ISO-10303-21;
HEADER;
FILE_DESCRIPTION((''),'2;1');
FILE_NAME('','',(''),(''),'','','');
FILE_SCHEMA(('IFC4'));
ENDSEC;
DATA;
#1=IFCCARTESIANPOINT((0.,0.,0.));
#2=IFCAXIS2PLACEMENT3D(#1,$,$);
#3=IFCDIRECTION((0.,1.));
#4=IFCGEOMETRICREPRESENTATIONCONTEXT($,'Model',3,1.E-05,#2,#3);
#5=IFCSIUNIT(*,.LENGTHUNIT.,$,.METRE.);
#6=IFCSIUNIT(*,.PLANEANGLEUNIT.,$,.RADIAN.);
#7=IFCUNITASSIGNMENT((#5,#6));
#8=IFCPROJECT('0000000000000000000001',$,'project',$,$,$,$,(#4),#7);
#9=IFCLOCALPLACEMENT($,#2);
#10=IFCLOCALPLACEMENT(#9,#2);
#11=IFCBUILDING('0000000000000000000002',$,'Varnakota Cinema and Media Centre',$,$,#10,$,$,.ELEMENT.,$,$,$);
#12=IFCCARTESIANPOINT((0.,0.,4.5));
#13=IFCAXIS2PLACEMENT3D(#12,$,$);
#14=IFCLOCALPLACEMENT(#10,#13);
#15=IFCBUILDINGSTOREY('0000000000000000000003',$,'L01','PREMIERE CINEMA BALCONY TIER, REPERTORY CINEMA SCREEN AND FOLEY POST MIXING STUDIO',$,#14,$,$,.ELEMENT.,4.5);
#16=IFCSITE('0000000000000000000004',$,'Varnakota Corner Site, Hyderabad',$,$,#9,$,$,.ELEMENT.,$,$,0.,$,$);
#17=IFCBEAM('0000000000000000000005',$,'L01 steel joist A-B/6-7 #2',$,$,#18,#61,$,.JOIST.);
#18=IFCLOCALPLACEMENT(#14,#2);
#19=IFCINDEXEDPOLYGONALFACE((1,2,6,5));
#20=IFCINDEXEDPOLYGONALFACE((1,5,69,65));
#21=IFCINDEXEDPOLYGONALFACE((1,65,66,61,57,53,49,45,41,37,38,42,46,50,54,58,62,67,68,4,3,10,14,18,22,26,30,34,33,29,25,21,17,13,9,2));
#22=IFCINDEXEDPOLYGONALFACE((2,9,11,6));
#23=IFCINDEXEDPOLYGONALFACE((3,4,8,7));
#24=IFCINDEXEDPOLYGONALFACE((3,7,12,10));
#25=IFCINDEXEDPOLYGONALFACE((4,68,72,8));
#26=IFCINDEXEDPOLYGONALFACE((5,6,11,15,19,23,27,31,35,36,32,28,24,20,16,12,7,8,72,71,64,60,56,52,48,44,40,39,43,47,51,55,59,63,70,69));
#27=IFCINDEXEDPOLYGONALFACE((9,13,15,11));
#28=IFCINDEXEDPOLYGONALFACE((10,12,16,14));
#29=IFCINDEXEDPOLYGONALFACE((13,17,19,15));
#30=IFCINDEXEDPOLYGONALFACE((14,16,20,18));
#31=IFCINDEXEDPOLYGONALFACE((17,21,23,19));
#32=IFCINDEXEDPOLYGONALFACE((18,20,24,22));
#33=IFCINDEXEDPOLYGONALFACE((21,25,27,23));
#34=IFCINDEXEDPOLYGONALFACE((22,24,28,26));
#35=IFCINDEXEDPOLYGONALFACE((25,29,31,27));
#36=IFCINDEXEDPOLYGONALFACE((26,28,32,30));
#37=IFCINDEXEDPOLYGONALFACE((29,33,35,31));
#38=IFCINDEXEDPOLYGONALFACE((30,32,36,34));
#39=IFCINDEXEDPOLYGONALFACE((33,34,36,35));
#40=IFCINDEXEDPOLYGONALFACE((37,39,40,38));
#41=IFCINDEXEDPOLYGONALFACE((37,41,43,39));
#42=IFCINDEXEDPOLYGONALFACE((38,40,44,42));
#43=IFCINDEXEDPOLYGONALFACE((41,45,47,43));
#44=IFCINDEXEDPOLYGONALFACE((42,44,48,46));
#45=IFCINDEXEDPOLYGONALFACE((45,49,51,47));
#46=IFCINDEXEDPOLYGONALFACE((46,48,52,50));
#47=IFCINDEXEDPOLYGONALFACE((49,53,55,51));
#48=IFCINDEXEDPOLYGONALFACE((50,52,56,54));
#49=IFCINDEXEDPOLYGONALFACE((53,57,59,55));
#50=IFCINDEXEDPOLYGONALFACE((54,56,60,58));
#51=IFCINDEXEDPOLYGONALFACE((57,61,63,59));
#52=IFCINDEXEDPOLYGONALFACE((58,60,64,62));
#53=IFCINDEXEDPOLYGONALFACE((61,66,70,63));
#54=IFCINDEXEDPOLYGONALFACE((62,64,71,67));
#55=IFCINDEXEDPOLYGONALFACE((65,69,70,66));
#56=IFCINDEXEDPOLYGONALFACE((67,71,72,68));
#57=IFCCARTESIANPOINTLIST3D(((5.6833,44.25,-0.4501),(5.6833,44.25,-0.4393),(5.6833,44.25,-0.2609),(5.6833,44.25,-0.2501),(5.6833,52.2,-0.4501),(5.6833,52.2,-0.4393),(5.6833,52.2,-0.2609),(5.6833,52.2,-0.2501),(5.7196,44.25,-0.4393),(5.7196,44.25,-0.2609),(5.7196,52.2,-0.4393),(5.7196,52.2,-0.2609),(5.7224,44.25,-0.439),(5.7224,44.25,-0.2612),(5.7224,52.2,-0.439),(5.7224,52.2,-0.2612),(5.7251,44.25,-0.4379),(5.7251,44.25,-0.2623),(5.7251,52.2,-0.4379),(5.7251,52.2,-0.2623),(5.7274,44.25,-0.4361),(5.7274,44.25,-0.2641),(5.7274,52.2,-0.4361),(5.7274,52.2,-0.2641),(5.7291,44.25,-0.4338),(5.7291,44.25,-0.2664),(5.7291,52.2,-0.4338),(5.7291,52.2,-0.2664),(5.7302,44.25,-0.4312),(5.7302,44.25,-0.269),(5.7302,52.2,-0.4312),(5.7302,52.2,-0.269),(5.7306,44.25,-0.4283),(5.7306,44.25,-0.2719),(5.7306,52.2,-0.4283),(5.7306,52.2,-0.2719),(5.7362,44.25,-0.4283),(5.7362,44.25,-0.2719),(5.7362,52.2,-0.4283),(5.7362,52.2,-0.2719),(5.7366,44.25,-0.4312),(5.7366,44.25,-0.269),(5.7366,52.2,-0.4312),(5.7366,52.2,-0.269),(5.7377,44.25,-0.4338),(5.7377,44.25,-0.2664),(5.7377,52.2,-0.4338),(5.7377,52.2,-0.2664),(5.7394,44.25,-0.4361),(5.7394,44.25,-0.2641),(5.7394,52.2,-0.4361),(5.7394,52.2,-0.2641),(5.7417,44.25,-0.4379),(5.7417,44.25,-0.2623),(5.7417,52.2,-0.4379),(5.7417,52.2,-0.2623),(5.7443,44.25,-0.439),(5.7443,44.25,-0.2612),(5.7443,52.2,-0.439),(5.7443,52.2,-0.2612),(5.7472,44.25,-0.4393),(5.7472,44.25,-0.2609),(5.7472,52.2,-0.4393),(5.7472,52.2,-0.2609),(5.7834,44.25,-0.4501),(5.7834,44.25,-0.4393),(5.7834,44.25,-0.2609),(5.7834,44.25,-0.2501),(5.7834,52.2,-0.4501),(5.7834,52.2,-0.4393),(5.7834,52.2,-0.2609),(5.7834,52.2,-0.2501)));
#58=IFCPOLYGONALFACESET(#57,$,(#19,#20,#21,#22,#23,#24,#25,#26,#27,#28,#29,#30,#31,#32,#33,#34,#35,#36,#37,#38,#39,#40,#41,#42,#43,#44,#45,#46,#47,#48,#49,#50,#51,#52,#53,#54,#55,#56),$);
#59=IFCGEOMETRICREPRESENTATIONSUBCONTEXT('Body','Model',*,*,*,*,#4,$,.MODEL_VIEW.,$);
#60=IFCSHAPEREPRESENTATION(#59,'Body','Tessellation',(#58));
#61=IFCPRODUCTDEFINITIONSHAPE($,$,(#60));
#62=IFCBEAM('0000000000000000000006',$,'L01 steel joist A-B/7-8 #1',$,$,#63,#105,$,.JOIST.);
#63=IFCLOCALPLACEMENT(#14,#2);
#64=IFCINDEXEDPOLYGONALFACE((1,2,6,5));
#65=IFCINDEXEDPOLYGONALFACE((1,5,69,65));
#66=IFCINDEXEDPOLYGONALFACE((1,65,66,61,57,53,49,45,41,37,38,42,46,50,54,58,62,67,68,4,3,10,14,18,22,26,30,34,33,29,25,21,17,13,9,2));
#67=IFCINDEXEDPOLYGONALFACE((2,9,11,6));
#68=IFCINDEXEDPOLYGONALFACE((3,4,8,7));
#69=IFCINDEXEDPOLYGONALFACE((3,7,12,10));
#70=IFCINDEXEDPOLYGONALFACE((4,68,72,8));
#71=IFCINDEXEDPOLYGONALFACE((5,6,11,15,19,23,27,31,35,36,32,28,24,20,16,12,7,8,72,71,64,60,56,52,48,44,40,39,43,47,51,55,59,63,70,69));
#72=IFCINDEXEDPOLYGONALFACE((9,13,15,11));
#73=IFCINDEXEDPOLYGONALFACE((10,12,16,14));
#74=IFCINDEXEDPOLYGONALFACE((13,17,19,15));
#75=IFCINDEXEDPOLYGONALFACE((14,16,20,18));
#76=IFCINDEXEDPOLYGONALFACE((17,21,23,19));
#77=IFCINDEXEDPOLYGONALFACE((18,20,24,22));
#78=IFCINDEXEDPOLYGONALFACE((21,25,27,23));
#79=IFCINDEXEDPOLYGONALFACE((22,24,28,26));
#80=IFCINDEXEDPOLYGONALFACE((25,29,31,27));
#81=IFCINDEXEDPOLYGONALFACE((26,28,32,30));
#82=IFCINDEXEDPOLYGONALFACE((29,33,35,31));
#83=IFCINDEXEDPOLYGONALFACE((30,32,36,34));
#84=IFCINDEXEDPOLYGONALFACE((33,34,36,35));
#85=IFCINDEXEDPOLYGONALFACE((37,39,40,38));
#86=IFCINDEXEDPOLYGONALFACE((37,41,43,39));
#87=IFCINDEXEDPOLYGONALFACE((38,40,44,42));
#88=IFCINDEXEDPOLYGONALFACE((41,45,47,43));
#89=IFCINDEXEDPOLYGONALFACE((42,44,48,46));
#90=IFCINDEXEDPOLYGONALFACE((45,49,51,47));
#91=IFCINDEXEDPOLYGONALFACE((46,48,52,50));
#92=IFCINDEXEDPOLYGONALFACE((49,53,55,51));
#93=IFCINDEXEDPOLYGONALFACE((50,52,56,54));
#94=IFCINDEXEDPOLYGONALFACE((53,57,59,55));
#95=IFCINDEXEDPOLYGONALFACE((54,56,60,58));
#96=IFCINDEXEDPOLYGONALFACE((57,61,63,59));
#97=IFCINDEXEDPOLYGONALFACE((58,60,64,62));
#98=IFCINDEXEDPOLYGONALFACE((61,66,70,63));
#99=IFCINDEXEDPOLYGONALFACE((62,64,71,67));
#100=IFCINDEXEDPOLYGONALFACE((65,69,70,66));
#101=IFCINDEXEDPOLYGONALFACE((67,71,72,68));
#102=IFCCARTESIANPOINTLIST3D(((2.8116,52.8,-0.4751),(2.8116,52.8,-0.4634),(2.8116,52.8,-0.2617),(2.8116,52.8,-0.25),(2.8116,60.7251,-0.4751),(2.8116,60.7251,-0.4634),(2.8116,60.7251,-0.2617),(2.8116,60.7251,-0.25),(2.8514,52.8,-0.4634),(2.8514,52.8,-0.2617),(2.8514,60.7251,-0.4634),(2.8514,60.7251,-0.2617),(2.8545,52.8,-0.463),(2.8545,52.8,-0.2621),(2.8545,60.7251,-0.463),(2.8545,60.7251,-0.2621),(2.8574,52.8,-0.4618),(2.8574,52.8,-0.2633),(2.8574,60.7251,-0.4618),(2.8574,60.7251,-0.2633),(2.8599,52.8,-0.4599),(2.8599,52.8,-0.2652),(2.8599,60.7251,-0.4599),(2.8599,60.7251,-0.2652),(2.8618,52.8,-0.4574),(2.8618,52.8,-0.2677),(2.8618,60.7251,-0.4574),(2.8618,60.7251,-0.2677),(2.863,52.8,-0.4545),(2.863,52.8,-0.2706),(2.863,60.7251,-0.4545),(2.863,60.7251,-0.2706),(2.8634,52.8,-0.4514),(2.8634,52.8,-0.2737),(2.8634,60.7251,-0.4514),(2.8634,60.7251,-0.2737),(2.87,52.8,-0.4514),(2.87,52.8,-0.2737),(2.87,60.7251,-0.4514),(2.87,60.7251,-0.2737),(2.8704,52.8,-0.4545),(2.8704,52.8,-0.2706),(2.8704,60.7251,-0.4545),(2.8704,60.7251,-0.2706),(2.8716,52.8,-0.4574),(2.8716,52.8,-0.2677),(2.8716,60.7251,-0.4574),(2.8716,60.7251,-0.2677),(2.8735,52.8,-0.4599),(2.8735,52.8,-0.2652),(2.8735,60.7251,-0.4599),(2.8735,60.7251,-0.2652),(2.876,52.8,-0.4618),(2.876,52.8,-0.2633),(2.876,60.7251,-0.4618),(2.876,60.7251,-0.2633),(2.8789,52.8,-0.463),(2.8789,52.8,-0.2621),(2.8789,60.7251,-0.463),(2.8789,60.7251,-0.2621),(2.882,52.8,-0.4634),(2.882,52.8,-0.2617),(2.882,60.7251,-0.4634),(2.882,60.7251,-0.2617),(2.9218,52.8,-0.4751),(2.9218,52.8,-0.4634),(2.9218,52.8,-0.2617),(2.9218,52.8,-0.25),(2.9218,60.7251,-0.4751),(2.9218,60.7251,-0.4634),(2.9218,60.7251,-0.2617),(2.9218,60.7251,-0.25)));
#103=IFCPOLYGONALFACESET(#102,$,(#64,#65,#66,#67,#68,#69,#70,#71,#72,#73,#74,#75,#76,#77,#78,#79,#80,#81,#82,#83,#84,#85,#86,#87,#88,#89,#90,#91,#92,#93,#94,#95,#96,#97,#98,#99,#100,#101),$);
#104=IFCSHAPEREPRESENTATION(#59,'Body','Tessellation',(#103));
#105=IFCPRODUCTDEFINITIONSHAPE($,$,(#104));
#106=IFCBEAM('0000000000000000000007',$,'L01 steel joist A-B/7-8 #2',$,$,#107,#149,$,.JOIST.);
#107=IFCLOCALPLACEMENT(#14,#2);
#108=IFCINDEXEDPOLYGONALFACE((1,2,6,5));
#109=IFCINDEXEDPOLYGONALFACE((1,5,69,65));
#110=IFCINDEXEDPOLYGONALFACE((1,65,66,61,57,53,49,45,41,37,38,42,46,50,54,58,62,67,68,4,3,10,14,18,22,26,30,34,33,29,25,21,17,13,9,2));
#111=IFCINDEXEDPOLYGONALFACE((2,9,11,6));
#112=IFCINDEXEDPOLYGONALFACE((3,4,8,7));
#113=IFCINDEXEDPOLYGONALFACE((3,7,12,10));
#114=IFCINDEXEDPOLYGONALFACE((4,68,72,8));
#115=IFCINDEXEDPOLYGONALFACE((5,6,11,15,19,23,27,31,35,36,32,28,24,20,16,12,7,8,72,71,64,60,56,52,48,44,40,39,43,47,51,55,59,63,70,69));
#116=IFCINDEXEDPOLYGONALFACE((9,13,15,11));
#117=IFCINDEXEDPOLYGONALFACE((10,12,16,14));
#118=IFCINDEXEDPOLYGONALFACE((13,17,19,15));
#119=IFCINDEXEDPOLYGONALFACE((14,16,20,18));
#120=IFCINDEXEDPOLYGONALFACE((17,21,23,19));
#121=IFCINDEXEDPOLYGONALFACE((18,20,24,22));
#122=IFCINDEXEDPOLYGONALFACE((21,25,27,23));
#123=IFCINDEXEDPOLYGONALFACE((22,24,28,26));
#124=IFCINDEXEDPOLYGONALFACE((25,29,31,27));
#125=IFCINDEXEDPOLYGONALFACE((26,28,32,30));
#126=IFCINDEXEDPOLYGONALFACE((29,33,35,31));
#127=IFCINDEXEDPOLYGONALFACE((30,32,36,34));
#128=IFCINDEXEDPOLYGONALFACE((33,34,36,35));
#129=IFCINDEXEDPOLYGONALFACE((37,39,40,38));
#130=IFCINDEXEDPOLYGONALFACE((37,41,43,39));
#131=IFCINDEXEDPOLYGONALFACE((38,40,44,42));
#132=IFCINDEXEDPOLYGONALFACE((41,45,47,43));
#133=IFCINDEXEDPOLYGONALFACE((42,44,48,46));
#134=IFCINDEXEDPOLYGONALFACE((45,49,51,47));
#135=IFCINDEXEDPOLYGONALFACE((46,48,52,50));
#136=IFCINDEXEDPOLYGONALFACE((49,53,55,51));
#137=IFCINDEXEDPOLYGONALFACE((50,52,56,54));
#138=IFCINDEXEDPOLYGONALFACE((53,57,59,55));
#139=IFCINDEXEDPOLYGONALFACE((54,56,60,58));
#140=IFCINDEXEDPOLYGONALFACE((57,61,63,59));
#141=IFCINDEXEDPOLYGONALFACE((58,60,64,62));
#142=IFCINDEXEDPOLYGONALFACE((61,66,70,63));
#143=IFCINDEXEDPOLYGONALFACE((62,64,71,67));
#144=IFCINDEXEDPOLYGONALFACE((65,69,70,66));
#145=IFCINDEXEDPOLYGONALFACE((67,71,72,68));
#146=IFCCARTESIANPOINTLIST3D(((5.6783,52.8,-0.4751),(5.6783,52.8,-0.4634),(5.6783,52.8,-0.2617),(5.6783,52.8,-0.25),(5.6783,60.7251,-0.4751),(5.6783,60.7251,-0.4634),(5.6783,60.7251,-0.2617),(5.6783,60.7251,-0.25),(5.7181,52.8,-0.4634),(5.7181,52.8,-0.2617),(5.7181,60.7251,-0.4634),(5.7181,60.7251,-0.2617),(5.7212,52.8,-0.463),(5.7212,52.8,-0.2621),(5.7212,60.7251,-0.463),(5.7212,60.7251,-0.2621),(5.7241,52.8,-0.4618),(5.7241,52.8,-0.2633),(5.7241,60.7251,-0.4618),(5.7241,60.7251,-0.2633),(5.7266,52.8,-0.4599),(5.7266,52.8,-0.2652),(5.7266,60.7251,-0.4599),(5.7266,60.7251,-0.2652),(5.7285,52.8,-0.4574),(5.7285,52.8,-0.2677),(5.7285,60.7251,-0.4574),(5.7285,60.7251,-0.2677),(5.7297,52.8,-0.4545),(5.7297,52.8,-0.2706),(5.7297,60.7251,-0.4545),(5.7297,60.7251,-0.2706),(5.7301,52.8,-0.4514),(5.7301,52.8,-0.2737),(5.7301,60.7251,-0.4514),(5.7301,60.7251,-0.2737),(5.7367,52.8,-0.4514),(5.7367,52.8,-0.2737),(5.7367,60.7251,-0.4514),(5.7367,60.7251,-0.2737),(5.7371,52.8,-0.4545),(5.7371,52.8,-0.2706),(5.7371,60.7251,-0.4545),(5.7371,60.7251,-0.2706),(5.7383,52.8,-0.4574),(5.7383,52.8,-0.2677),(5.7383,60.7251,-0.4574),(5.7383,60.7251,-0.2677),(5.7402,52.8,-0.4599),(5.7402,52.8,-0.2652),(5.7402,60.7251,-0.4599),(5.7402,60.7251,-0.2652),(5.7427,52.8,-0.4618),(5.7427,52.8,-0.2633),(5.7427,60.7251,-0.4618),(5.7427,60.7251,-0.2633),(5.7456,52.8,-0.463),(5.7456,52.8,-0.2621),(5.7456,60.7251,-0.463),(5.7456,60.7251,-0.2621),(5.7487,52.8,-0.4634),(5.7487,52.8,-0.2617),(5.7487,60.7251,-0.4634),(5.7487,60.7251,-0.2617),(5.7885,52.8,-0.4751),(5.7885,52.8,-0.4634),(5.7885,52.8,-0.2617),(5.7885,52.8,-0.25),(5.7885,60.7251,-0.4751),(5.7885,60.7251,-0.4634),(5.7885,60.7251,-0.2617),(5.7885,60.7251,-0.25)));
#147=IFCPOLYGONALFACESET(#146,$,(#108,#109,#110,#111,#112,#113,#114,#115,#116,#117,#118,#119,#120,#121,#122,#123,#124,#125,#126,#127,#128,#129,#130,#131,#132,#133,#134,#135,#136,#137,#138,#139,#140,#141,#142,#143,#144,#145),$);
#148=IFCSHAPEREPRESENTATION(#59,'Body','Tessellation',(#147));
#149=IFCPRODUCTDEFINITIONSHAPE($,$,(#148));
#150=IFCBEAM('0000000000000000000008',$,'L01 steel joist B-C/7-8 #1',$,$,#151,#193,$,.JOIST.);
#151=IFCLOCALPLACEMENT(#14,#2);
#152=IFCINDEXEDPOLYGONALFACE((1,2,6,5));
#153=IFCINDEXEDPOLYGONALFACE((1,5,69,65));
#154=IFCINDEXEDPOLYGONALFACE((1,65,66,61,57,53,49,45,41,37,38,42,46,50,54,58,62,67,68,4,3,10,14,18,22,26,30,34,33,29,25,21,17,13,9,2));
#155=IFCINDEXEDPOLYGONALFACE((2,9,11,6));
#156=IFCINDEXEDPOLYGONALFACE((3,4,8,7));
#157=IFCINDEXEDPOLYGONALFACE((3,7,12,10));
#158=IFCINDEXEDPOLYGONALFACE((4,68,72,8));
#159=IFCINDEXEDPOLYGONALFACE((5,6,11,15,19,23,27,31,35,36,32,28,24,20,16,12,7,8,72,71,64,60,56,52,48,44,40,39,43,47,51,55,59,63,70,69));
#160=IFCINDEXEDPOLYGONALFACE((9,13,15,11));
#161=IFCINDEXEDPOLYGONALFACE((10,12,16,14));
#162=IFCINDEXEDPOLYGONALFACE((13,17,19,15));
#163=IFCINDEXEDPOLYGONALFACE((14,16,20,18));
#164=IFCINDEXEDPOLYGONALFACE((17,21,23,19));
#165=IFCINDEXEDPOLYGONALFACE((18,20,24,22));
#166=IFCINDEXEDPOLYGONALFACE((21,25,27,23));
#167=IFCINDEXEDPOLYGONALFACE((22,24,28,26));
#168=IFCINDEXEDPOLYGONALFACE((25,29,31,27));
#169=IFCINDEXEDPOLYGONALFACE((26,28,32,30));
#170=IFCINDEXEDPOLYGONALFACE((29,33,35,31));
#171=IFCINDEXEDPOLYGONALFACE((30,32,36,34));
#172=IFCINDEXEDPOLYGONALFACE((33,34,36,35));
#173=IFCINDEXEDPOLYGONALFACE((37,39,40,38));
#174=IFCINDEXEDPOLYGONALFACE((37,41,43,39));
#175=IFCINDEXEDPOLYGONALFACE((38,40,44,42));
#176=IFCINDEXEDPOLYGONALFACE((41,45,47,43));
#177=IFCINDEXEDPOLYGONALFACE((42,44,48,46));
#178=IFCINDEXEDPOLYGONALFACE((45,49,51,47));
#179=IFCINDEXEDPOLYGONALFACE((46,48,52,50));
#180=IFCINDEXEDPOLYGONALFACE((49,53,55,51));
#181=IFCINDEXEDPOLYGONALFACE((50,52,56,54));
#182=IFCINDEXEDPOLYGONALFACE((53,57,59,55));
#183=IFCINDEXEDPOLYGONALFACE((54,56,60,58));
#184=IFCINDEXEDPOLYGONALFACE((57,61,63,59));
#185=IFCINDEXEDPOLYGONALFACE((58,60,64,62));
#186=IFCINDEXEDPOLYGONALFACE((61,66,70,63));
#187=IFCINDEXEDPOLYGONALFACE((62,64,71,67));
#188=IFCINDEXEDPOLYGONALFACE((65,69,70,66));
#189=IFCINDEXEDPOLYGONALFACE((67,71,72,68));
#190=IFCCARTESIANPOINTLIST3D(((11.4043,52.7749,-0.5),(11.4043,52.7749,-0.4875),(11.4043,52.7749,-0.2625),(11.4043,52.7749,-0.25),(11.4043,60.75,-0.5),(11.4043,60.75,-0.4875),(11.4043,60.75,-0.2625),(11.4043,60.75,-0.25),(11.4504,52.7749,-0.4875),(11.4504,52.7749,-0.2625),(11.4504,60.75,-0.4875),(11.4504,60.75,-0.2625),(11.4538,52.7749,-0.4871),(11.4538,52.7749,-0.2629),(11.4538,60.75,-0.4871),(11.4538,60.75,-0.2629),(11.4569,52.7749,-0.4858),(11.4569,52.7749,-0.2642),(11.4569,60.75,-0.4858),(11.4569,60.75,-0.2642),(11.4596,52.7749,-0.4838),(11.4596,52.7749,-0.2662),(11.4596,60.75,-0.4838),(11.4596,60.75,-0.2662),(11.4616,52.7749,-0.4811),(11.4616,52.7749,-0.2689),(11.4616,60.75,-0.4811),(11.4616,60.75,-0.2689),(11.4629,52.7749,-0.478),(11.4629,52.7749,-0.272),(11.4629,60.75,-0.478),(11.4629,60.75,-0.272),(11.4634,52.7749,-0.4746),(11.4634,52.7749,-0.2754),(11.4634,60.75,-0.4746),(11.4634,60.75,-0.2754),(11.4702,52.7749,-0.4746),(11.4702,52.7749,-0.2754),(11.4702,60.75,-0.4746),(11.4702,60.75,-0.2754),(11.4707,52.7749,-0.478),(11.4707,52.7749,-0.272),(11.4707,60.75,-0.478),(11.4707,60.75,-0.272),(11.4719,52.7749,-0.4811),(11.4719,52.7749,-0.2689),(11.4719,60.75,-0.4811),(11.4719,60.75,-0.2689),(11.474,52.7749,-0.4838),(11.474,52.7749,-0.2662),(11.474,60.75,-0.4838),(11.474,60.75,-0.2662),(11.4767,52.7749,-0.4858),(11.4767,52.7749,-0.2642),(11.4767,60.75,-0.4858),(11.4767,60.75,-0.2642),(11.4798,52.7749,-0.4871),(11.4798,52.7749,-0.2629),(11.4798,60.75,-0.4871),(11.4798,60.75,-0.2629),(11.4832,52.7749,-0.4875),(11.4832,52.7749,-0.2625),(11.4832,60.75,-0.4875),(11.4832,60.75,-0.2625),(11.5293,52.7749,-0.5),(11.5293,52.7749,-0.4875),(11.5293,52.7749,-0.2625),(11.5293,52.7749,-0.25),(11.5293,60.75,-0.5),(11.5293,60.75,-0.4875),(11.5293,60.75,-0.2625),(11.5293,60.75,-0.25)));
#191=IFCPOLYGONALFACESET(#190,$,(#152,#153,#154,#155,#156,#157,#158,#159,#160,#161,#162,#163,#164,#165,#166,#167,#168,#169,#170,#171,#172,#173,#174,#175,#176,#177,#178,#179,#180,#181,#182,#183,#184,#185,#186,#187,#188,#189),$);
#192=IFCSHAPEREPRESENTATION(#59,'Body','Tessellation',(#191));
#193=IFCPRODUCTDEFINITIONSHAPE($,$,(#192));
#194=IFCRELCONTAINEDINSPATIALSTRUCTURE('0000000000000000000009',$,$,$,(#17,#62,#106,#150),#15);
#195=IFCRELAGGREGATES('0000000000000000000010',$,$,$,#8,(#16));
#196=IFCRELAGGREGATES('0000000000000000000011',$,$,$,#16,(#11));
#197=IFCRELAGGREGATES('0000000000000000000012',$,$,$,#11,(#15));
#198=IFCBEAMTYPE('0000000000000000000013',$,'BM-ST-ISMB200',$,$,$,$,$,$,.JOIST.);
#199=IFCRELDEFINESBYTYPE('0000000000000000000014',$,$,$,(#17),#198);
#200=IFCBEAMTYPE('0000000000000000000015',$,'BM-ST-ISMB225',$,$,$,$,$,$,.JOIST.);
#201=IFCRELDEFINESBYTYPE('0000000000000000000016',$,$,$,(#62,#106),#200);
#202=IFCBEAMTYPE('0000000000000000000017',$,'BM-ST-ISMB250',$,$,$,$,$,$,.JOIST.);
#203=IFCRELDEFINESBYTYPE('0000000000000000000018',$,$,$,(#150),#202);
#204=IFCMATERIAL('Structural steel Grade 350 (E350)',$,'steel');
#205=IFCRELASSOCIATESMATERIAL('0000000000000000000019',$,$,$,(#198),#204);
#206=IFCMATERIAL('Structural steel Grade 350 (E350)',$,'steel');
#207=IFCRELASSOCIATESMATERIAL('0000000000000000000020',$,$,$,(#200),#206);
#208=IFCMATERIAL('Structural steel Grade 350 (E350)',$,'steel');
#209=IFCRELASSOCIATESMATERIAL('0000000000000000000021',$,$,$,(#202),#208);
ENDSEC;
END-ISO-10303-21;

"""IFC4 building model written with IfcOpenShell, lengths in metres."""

from ifc_helpers import new_model, si_unit, direction, frame, origin, origin_2d, place, context, subcontext, project, spatial, i_section, extrude, material, material_profile, profile_set, type_object, element, save


model = new_model("IFC4")

# Units and contexts
model_context = context("Model", 3, precision=1e-05, world=origin(), true_north=direction((0.0, 1.0)))
body_context = subcontext(model_context, "Body", "Model", "MODEL_VIEW")
ifc_project = project(units=[si_unit("LENGTHUNIT", "METRE"), si_unit("PLANEANGLEUNIT", "RADIAN")], contexts=[model_context])

# Site, building, storey
site_placement = place(None, origin())
site = spatial("IfcSite", under=ifc_project, at=site_placement, Name="Varnakota Corner Site, Hyderabad", CompositionType="ELEMENT", RefElevation=0.0)
building_placement = place(site_placement, origin())
building = spatial("IfcBuilding", under=site, at=building_placement, Name="Varnakota Cinema and Media Centre", CompositionType="ELEMENT")
storey_placement = place(building_placement, frame((0.0, 0.0, 4.5)))
storey = spatial("IfcBuildingStorey", under=building, at=storey_placement, Name="L01", Description="PREMIERE CINEMA BALCONY TIER, REPERTORY CINEMA SCREEN AND FOLEY POST MIXING STUDIO", CompositionType="ELEMENT", Elevation=4.5)

# Beams
ifc_material_1 = material(Name="Structural steel Grade 350 (E350)", Category="steel")
ifc_material_profile_1 = material_profile(ifc_material_1, i_section(OverallWidth=0.1001, OverallDepth=0.2, WebThickness=0.0056, FlangeThickness=0.0107, FilletRadius=0.011, at=origin_2d()), Name="ISMB 200")
ifc_profile_set_1 = profile_set([ifc_material_profile_1], Name="Structural steel Grade 350 (E350)")
beam_type_1 = type_object("IfcBeamType", Name="BM-ST-ISMB200", PredefinedType="JOIST", material=ifc_profile_set_1)
for number, where, z_axis, x_axis, name in (
    (1, (5.7334, 44.25, -0.3501), (0.0, 1.0, 0.0), (-1.0, 0.0, 0.0), "L01 steel joist A-B/6-7 #2"),
):
    element("IfcBeam", number, at=place(storey_placement, frame(where, z_axis=z_axis, x_axis=x_axis)), inside=storey, type_object=beam_type_1, Name=name, PredefinedType="JOIST", context=body_context, shape_type="SweptSolid", body=[
        extrude(i_section(OverallWidth=0.1001, OverallDepth=0.2, WebThickness=0.0056, FlangeThickness=0.0107, FilletRadius=0.011, at=origin_2d()), origin(), (0.0, 0.0, 1.0), 7.95),
    ])
ifc_material_2 = material(Name="Structural steel Grade 350 (E350)", Category="steel")
ifc_material_profile_2 = material_profile(ifc_material_2, i_section(OverallWidth=0.1101, OverallDepth=0.2251, WebThickness=0.0066, FlangeThickness=0.0117, FilletRadius=0.012, at=origin_2d()), Name="ISMB 225")
ifc_profile_set_2 = profile_set([ifc_material_profile_2], Name="Structural steel Grade 350 (E350)")
beam_type_2 = type_object("IfcBeamType", Name="BM-ST-ISMB225", PredefinedType="JOIST", material=ifc_profile_set_2)
for number, where, z_axis, x_axis, name in (
    (2, (2.8667, 52.8, -0.3625), (0.0, 1.0, 0.0), (-1.0, 0.0, 0.0), "L01 steel joist A-B/7-8 #1"),
    (3, (5.7334, 52.8, -0.3625), (0.0, 1.0, 0.0), (-1.0, 0.0, 0.0), "L01 steel joist A-B/7-8 #2"),
):
    element("IfcBeam", number, at=place(storey_placement, frame(where, z_axis=z_axis, x_axis=x_axis)), inside=storey, type_object=beam_type_2, Name=name, PredefinedType="JOIST", context=body_context, shape_type="SweptSolid", body=[
        extrude(i_section(OverallWidth=0.1101, OverallDepth=0.2251, WebThickness=0.0066, FlangeThickness=0.0117, FilletRadius=0.012, at=origin_2d()), origin(), (0.0, 0.0, 1.0), 7.925),
    ])
ifc_material_3 = material(Name="Structural steel Grade 350 (E350)", Category="steel")
ifc_material_profile_3 = material_profile(ifc_material_3, i_section(OverallWidth=0.125, OverallDepth=0.25, WebThickness=0.0068, FlangeThickness=0.0125, FilletRadius=0.0129, at=origin_2d()), Name="ISMB 250")
ifc_profile_set_3 = profile_set([ifc_material_profile_3], Name="Structural steel Grade 350 (E350)")
beam_type_3 = type_object("IfcBeamType", Name="BM-ST-ISMB250", PredefinedType="JOIST", material=ifc_profile_set_3)
for number, where, z_axis, x_axis, name in (
    (4, (11.4668, 52.7749, -0.375), (0.0, 1.0, 0.0), (-1.0, 0.0, 0.0), "L01 steel joist B-C/7-8 #1"),
):
    element("IfcBeam", number, at=place(storey_placement, frame(where, z_axis=z_axis, x_axis=x_axis)), inside=storey, type_object=beam_type_3, Name=name, PredefinedType="JOIST", context=body_context, shape_type="SweptSolid", body=[
        extrude(i_section(OverallWidth=0.125, OverallDepth=0.25, WebThickness=0.0068, FlangeThickness=0.0125, FilletRadius=0.0129, at=origin_2d()), origin(), (0.0, 0.0, 1.0), 7.9751),
    ])

save(model, "model.ifc")
